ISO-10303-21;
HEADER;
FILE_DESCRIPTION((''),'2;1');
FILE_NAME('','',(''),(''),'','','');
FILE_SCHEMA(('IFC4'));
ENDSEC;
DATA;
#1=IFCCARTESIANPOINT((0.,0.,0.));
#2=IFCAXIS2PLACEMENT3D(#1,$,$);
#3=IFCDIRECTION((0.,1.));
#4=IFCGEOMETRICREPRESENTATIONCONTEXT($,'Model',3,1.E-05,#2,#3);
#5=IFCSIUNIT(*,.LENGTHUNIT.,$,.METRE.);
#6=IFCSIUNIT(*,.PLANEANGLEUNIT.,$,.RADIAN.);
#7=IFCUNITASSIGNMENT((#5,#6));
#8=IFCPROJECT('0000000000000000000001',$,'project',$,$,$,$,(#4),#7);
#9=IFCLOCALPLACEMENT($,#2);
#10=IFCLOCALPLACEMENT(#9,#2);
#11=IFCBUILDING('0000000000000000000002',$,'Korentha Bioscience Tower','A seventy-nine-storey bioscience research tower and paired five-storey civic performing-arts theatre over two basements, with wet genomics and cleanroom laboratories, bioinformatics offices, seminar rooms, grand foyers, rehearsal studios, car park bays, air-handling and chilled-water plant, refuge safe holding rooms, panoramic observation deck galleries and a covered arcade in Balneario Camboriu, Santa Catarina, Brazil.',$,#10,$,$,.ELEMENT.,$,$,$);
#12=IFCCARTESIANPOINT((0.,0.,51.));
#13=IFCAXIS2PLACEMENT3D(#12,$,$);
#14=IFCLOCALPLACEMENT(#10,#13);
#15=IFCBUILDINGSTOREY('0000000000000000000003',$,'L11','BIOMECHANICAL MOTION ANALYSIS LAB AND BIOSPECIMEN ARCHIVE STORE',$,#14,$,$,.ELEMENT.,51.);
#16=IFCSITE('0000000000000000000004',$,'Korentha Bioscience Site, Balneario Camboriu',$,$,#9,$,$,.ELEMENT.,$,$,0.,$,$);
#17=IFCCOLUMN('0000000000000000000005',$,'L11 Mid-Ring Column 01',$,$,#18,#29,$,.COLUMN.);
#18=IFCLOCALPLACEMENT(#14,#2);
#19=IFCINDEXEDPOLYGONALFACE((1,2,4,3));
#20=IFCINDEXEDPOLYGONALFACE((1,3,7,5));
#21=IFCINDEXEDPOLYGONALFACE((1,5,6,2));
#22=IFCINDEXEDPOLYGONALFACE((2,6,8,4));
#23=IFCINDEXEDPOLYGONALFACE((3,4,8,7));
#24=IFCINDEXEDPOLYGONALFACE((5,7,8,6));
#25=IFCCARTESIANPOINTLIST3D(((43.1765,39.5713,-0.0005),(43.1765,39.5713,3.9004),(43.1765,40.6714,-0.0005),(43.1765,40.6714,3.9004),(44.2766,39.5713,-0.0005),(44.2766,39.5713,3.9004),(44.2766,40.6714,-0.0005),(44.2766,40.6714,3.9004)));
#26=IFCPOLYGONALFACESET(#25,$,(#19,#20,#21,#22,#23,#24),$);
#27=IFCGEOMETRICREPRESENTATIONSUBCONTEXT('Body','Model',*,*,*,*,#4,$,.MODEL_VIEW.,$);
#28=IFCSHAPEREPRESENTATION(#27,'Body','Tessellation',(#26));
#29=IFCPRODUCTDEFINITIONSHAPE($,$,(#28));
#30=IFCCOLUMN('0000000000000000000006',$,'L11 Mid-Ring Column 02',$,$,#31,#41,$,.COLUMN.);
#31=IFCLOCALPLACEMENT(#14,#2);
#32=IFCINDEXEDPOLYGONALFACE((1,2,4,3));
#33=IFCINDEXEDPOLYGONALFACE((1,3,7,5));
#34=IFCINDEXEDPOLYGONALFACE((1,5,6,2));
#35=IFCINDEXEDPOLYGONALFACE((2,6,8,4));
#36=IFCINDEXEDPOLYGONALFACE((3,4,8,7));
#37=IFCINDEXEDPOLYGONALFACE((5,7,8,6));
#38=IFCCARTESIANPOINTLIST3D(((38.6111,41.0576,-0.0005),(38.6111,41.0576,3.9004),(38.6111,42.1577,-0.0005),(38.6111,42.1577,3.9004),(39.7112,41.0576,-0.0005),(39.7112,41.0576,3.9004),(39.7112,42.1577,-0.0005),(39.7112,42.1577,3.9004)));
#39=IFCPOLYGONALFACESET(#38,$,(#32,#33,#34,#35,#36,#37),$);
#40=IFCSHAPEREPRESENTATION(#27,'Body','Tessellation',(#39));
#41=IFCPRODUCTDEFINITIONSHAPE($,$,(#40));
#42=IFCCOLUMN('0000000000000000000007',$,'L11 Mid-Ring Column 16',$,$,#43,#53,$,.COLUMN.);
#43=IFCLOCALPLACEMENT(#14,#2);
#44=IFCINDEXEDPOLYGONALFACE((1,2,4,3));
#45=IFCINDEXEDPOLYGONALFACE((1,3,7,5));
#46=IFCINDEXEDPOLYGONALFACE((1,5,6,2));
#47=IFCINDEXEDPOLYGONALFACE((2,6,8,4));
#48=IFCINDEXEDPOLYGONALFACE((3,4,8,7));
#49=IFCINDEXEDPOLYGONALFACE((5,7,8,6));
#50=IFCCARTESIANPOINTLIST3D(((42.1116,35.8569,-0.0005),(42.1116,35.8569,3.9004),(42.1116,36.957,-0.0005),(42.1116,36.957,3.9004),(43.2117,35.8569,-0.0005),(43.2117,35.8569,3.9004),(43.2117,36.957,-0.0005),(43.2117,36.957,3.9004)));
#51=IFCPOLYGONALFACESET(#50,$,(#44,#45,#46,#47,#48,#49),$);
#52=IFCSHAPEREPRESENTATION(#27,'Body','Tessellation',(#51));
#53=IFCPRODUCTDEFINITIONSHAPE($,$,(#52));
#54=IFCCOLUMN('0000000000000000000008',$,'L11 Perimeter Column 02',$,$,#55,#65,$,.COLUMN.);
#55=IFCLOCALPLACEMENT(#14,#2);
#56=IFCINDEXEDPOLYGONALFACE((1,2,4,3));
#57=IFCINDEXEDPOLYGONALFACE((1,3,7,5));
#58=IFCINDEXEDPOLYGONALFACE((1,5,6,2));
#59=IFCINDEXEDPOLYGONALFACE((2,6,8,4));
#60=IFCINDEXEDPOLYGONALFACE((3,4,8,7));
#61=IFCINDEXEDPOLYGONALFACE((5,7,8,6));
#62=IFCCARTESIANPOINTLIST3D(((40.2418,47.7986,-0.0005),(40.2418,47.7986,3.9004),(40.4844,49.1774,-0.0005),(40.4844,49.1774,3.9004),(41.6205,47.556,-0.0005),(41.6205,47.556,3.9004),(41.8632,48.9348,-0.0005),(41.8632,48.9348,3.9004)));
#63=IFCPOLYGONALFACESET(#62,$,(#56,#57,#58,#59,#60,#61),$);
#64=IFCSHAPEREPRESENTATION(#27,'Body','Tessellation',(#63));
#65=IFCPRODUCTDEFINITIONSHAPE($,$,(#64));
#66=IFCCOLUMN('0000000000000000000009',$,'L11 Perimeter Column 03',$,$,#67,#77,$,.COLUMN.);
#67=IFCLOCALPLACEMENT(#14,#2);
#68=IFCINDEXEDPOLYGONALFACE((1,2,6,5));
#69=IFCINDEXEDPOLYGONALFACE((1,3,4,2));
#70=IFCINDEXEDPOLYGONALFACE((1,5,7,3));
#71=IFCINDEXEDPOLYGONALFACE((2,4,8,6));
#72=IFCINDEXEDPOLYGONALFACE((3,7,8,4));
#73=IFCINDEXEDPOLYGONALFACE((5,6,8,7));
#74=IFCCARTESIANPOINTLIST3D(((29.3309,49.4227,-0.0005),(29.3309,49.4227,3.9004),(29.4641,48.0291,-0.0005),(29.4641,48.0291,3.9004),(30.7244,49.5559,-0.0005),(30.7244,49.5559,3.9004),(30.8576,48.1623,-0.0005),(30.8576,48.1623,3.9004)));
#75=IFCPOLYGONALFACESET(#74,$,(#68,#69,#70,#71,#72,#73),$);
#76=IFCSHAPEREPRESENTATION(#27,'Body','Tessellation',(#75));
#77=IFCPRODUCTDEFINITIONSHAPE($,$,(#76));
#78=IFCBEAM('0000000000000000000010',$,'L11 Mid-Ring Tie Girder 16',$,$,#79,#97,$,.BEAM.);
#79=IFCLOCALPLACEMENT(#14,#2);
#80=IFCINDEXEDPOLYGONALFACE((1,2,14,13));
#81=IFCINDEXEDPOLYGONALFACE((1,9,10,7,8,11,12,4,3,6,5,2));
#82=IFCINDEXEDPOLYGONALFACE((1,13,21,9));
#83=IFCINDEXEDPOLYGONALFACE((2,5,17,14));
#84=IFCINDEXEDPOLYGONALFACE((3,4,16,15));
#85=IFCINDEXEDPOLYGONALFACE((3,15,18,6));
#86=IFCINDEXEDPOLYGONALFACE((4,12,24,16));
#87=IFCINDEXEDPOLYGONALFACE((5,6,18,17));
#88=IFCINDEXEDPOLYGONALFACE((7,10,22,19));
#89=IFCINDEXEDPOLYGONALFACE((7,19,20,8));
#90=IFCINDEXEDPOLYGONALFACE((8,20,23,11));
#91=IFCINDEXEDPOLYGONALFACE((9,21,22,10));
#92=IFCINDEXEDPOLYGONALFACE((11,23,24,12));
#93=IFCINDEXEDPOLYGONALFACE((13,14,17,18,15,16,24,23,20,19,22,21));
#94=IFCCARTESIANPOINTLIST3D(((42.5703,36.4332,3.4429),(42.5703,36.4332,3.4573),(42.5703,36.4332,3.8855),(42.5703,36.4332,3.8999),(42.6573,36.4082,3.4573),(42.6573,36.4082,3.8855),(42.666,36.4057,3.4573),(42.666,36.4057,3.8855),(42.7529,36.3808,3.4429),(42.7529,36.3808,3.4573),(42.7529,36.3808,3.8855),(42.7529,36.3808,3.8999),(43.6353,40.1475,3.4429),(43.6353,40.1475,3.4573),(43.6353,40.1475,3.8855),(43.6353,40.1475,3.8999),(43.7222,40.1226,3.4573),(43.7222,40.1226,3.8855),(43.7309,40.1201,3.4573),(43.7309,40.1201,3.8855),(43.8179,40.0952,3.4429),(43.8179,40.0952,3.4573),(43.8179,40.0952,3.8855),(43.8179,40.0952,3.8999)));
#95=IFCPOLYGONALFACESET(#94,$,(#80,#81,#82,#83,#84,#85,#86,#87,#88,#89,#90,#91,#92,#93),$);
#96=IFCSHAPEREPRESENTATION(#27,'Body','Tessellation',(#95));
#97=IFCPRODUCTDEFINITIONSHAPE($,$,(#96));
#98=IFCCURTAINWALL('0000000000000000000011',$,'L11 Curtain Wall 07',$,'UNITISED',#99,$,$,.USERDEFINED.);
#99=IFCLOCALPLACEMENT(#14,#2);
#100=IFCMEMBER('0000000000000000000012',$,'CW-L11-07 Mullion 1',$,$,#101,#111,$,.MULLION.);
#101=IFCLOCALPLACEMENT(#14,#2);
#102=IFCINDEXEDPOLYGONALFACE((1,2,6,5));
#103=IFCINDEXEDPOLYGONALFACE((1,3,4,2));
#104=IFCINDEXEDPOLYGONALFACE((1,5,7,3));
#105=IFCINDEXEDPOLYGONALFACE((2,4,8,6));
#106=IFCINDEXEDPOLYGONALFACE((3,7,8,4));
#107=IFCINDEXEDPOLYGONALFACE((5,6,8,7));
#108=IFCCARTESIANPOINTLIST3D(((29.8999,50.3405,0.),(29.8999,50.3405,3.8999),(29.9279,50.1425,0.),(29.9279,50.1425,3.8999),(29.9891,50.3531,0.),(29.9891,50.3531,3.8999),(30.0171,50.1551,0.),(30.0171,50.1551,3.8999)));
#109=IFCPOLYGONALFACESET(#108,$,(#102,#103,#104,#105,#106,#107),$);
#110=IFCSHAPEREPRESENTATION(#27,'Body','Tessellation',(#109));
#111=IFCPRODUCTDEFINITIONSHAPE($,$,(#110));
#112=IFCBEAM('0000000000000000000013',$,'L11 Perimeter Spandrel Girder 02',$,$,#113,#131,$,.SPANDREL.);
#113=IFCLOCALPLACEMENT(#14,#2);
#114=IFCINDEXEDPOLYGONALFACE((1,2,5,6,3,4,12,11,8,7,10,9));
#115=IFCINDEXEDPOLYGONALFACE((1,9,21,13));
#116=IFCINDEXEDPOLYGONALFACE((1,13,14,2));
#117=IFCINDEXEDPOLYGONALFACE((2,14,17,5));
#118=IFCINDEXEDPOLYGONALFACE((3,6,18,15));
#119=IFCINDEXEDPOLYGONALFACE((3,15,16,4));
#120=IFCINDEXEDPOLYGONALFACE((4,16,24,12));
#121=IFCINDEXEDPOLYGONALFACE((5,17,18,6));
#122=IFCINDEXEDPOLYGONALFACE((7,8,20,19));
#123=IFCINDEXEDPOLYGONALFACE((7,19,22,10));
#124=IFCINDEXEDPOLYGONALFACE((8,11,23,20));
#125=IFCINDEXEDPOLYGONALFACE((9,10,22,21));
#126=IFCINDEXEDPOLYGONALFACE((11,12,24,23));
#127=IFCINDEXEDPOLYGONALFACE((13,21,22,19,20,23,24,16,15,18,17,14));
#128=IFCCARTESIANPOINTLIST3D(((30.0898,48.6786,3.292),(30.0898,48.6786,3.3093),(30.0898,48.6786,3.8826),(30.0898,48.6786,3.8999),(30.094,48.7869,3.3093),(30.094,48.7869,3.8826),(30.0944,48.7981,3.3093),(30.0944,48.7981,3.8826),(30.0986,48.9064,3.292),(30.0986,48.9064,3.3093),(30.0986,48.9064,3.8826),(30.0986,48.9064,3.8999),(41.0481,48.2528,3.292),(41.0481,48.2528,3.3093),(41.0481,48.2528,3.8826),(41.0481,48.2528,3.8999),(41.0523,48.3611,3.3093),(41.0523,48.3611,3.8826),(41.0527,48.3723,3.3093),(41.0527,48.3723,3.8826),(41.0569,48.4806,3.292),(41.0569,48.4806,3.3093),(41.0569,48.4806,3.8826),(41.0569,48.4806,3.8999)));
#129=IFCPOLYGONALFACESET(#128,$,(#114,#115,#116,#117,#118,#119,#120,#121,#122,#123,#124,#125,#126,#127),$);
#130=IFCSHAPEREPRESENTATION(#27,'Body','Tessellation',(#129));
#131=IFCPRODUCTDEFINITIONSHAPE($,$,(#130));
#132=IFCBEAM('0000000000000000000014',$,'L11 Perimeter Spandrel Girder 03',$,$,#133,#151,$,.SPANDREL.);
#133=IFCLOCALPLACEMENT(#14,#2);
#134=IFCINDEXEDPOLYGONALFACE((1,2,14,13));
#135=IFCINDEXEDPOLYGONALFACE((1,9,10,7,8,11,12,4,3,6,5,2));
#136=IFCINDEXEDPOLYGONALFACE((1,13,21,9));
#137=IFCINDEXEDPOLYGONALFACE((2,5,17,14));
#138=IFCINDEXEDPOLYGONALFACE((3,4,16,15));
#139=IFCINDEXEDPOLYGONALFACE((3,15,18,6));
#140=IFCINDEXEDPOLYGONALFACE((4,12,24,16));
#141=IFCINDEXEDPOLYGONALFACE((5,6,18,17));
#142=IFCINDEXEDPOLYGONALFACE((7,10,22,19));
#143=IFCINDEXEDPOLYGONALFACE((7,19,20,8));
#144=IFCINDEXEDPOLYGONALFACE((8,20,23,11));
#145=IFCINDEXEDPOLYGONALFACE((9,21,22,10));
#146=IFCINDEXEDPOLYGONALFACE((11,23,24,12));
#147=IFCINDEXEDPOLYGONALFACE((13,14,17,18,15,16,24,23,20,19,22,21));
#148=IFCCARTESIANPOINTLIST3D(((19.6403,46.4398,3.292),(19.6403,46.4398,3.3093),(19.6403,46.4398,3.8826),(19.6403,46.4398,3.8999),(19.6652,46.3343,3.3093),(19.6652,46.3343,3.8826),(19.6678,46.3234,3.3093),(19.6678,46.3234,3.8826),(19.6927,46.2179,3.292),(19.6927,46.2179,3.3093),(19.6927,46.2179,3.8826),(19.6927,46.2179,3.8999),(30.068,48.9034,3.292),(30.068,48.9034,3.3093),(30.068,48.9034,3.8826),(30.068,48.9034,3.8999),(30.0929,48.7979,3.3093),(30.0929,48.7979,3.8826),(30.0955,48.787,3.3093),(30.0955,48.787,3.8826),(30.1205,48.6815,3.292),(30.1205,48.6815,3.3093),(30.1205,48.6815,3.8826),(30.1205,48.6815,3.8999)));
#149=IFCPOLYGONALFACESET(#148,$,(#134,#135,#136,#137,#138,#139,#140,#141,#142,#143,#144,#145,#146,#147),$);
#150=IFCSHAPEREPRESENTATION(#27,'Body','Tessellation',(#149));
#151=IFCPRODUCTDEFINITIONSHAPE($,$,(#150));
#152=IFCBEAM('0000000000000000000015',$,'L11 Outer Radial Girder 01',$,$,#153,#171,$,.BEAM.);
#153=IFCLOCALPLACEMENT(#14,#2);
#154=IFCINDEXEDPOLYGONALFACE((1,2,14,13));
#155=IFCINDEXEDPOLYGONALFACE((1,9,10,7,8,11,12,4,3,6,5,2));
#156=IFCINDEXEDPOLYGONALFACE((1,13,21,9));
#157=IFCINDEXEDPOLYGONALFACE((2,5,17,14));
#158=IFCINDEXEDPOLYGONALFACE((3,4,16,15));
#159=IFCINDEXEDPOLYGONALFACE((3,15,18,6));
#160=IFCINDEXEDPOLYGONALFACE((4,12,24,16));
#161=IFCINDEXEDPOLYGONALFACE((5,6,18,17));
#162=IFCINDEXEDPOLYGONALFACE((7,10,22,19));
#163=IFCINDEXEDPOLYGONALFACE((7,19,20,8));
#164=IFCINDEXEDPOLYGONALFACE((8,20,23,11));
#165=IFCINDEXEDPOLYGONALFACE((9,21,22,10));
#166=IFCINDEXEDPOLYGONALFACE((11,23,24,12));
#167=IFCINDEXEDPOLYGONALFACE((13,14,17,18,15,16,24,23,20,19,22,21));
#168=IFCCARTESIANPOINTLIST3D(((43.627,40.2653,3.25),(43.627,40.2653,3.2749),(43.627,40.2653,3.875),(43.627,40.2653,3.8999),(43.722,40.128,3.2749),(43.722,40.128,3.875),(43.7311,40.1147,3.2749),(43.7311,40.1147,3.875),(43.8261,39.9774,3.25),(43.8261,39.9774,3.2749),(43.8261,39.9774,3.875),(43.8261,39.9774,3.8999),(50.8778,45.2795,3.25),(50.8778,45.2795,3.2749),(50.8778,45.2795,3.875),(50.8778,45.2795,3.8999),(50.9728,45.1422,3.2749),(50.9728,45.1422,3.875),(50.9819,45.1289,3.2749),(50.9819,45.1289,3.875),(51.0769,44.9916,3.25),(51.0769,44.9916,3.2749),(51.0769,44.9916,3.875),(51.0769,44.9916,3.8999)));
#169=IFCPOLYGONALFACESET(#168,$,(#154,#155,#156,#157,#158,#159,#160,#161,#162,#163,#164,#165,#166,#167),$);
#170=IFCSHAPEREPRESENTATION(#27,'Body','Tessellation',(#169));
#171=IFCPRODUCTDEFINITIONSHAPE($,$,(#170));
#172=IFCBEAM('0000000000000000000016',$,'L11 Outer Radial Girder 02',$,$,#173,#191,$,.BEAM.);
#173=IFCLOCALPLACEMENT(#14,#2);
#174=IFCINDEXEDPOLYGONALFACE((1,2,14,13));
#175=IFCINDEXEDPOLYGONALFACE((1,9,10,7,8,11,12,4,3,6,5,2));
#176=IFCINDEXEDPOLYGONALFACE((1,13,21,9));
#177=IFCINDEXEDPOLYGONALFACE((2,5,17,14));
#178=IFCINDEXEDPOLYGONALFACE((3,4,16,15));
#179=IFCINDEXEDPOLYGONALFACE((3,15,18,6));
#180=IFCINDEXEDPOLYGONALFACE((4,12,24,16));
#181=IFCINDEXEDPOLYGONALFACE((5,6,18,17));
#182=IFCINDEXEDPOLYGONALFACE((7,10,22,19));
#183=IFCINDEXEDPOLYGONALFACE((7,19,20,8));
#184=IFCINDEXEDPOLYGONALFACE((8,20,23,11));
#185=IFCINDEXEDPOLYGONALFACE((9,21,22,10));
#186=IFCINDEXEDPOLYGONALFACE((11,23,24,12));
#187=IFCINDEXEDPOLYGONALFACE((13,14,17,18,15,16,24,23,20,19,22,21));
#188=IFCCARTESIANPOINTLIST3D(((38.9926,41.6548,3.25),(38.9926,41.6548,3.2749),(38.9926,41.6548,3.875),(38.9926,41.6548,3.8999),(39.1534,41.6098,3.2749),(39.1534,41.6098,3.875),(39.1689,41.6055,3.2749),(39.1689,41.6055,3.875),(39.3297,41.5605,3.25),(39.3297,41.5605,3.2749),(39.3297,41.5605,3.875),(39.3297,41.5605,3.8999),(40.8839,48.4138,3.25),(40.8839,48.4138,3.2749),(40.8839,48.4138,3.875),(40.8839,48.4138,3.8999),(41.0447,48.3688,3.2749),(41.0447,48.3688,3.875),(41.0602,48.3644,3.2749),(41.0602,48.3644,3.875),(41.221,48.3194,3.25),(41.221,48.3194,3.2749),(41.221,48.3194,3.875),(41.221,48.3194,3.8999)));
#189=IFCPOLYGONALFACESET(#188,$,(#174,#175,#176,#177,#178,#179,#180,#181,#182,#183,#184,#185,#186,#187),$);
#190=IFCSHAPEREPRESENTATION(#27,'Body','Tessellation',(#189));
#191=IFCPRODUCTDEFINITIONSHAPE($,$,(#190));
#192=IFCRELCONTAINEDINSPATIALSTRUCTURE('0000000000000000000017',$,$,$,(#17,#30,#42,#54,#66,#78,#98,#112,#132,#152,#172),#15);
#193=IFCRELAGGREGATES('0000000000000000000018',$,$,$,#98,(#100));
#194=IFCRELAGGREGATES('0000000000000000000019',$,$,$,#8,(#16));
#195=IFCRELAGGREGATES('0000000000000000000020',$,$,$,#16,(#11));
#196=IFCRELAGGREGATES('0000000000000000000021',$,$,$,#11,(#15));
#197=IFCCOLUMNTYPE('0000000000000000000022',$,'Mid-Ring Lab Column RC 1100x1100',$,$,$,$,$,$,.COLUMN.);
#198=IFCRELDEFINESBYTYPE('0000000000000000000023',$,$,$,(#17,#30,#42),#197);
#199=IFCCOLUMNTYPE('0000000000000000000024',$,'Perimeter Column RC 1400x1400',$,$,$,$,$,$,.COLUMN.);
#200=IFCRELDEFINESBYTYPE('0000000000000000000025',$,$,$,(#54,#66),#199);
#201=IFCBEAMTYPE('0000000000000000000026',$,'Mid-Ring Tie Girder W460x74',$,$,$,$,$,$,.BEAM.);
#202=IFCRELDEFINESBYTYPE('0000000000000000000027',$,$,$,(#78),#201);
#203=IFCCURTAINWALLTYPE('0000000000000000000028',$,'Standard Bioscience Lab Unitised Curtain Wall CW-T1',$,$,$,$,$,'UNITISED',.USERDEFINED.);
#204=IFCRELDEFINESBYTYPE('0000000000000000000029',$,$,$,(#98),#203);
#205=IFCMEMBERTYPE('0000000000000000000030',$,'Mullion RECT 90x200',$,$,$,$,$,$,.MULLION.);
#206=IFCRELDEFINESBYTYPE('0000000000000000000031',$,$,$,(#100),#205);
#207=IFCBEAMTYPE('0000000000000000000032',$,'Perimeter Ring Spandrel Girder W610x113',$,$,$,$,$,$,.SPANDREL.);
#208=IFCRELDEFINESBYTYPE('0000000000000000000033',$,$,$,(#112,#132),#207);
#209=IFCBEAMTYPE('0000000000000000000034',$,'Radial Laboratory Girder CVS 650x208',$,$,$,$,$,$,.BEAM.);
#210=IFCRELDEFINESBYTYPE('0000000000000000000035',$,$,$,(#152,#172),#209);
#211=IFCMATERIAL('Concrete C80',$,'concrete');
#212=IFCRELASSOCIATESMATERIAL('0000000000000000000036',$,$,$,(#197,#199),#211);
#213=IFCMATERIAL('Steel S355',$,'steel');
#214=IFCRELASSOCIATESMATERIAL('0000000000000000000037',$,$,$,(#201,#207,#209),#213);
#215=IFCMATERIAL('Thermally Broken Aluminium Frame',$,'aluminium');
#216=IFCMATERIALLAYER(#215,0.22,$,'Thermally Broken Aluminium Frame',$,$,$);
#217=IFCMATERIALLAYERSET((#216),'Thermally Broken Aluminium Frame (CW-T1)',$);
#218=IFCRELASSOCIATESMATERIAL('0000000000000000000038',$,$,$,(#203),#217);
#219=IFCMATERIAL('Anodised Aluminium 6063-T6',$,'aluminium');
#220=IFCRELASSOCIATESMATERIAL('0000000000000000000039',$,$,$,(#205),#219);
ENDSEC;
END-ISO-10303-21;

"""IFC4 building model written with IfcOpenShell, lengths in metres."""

from ifc_helpers import new_model, si_unit, direction, frame, origin, origin_2d, place, context, subcontext, project, spatial, rectangle, i_section, extrude, material, layer, layer_set, material_profile, profile_set, type_object, element, aggregate, save


model = new_model("IFC4")

# Units and contexts
model_context = context("Model", 3, precision=1e-05, world=origin(), true_north=direction((0.0, 1.0)))
body_context = subcontext(model_context, "Body", "Model", "MODEL_VIEW")
ifc_project = project(units=[si_unit("LENGTHUNIT", "METRE"), si_unit("PLANEANGLEUNIT", "RADIAN")], contexts=[model_context])

# Site, building, storey
site_placement = place(None, origin())
site = spatial("IfcSite", under=ifc_project, at=site_placement, Name="Korentha Bioscience Site, Balneario Camboriu", CompositionType="ELEMENT", RefElevation=0.0)
building_placement = place(site_placement, origin())
building = spatial("IfcBuilding", under=site, at=building_placement, Name="Korentha Bioscience Tower", Description="A seventy-nine-storey bioscience research tower and paired five-storey civic performing-arts theatre over two basements, with wet genomics and cleanroom laboratories, bioinformatics offices, seminar rooms, grand foyers, rehearsal studios, car park bays, air-handling and chilled-water plant, refuge safe holding rooms, panoramic observation deck galleries and a covered arcade in Balneario Camboriu, Santa Catarina, Brazil.", CompositionType="ELEMENT")
storey_placement = place(building_placement, frame((0.0, 0.0, 51.0)))
storey = spatial("IfcBuildingStorey", under=building, at=storey_placement, Name="L11", Description="BIOMECHANICAL MOTION ANALYSIS LAB AND BIOSPECIMEN ARCHIVE STORE", CompositionType="ELEMENT", Elevation=51.0)

# Columns
ifc_material_1 = material(Name="Concrete C80", Category="concrete")
ifc_material_profile_1 = material_profile(ifc_material_1, rectangle(XDim=1.1001, YDim=1.1001, at=origin_2d()), Name="Concrete C80")
ifc_profile_set_1 = profile_set([ifc_material_profile_1], Name="Concrete C80 (COL-MR11)")
column_type_1 = type_object("IfcColumnType", Name="Mid-Ring Lab Column RC 1100x1100", PredefinedType="COLUMN", material=ifc_profile_set_1)
for number, where, z_axis, x_axis, name in (
    (1, (43.7266, 40.1213, -0.0005), (0.0, 0.0, 1.0), (1.0, 0.0, 0.0), "L11 Mid-Ring Column 01"),
    (2, (39.1611, 41.6077, -0.0005), (0.0, 0.0, 1.0), (1.0, 0.0, 0.0), "L11 Mid-Ring Column 02"),
    (3, (42.6616, 36.407, -0.0005), (0.0, 0.0, 1.0), (1.0, 0.0, 0.0), "L11 Mid-Ring Column 16"),
):
    element("IfcColumn", number, at=place(storey_placement, frame(where, z_axis=z_axis, x_axis=x_axis)), inside=storey, type_object=column_type_1, Name=name, PredefinedType="COLUMN", context=body_context, shape_type="SweptSolid", body=[
        extrude(rectangle(XDim=1.1001, YDim=1.1001, at=origin_2d()), origin(), (0.0, 0.0, 1.0), 3.9009),
    ])
ifc_material_profile_2 = material_profile(ifc_material_1, rectangle(XDim=1.3999, YDim=1.3999, at=origin_2d()), Name="Concrete C80")
ifc_profile_set_2 = profile_set([ifc_material_profile_2], Name="Concrete C80 (COL-P14)")
column_type_2 = type_object("IfcColumnType", Name="Perimeter Column RC 1400x1400", PredefinedType="COLUMN", material=ifc_profile_set_2)
for number, where, z_axis, x_axis, name in (
    (4, (41.0525, 48.3667, -0.0005), (0.0, 0.0, 1.0), (-0.984868, 0.173304, 0.0), "L11 Perimeter Column 02"),
    (5, (30.0942, 48.7925, -0.0005), (0.0, 0.0, 1.0), (0.995463, 0.095151, 0.0), "L11 Perimeter Column 03"),
):
    element("IfcColumn", number, at=place(storey_placement, frame(where, z_axis=z_axis, x_axis=x_axis)), inside=storey, type_object=column_type_2, Name=name, PredefinedType="COLUMN", context=body_context, shape_type="SweptSolid", body=[
        extrude(rectangle(XDim=1.3999, YDim=1.3999, at=origin_2d()), origin(), (0.0, 0.0, 1.0), 3.9009),
    ])

# Beam
ifc_material_2 = material(Name="Steel S355", Category="steel")
ifc_material_profile_3 = material_profile(ifc_material_2, i_section(OverallWidth=0.1899, OverallDepth=0.457, WebThickness=0.009, FlangeThickness=0.0144, at=origin_2d()), Name="Steel S355")
ifc_profile_set_3 = profile_set([ifc_material_profile_3], Name="Steel S355 (MB-460)")
beam_type_1 = type_object("IfcBeamType", Name="Mid-Ring Tie Girder W460x74", PredefinedType="BEAM", material=ifc_profile_set_3)
beam_1_placement = place(storey_placement, frame((42.6616, 36.407, 3.6714), z_axis=(0.275606, 0.961271, 0.0), x_axis=(-0.961271, 0.275606, 0.0)))
element("IfcBeam", 6, at=beam_1_placement, inside=storey, type_object=beam_type_1, Name="L11 Mid-Ring Tie Girder 16", PredefinedType="BEAM", context=body_context, shape_type="SweptSolid", body=[
    extrude(i_section(OverallWidth=0.1899, OverallDepth=0.457, WebThickness=0.009, FlangeThickness=0.0144, at=origin_2d()), origin(), (0.0, 0.0, 1.0), 3.864),
])

# Curtain wall, member
ifc_material_3 = material(Name="Thermally Broken Aluminium Frame", Category="aluminium")
ifc_layer_1 = layer(ifc_material_3, 0.22, Name="Thermally Broken Aluminium Frame")
ifc_layer_set_1 = layer_set([ifc_layer_1], Name="Thermally Broken Aluminium Frame (CW-T1)")
curtain_wall_type = type_object("IfcCurtainWallType", Name="Standard Bioscience Lab Unitised Curtain Wall CW-T1", ElementType="UNITISED", PredefinedType="USERDEFINED", material=ifc_layer_set_1)
curtain_wall_placement = place(storey_placement, origin())
curtain_wall = element("IfcCurtainWall", 7, at=curtain_wall_placement, inside=storey, type_object=curtain_wall_type, Name="L11 Curtain Wall 07", ObjectType="UNITISED", PredefinedType="USERDEFINED")
ifc_material_4 = material(Name="Anodised Aluminium 6063-T6", Category="aluminium")
ifc_material_profile_4 = material_profile(ifc_material_4, rectangle(XDim=0.0901, YDim=0.2, at=origin_2d()), Name="Anodised Aluminium 6063-T6")
ifc_profile_set_4 = profile_set([ifc_material_profile_4], Name="Anodised Aluminium 6063-T6 (CW-MUL)")
member_type_1 = type_object("IfcMemberType", Name="Mullion RECT 90x200", PredefinedType="MULLION", material=ifc_profile_set_4)
member_1_placement = place(storey_placement, frame((29.9585, 50.2478, 0.0), z_axis=(0.0, 0.0, 1.0), x_axis=(-0.990167, -0.139888, 0.0)))
member_1 = element("IfcMember", 8, at=member_1_placement, type_object=member_type_1, Name="CW-L11-07 Mullion 1", PredefinedType="MULLION", context=body_context, shape_type="SweptSolid", body=[
    extrude(rectangle(XDim=0.0901, YDim=0.2, at=origin_2d()), origin(), (0.0, 0.0, 1.0), 3.8999),
])

# Beams
ifc_material_profile_5 = material_profile(ifc_material_2, i_section(OverallWidth=0.228, OverallDepth=0.6079, WebThickness=0.0112, FlangeThickness=0.0173, at=origin_2d()), Name="Steel S355")
ifc_profile_set_5 = profile_set([ifc_material_profile_5], Name="Steel S355 (SB-610)")
beam_type_2 = type_object("IfcBeamType", Name="Perimeter Ring Spandrel Girder W610x113", PredefinedType="SPANDREL", material=ifc_profile_set_5)
beam_2_placement = place(storey_placement, frame((41.0525, 48.3667, 3.5959), z_axis=(-0.999246, 0.038826, 0.0), x_axis=(-0.038826, -0.999246, 0.0)))
element("IfcBeam", 9, at=beam_2_placement, inside=storey, type_object=beam_type_2, Name="L11 Perimeter Spandrel Girder 02", PredefinedType="SPANDREL", context=body_context, shape_type="SweptSolid", body=[
    extrude(i_section(OverallWidth=0.228, OverallDepth=0.6079, WebThickness=0.0112, FlangeThickness=0.0173, at=origin_2d()), origin(), (0.0, 0.0, 1.0), 10.9666),
])
beam_3_placement = place(storey_placement, frame((30.0942, 48.7925, 3.5959), z_axis=(-0.973208, -0.229927, 0.0), x_axis=(0.229927, -0.973208, 0.0)))
element("IfcBeam", 10, at=beam_3_placement, inside=storey, type_object=beam_type_2, Name="L11 Perimeter Spandrel Girder 03", PredefinedType="SPANDREL", context=body_context, shape_type="SweptSolid", body=[
    extrude(i_section(OverallWidth=0.228, OverallDepth=0.6079, WebThickness=0.0112, FlangeThickness=0.0173, at=origin_2d()), origin(), (0.0, 0.0, 1.0), 10.7148),
])
ifc_material_profile_6 = material_profile(ifc_material_2, i_section(OverallWidth=0.3501, OverallDepth=0.6499, WebThickness=0.0161, FlangeThickness=0.0249, at=origin_2d()), Name="Steel S355")
ifc_profile_set_6 = profile_set([ifc_material_profile_6], Name="Steel S355 (RB-650)")
beam_type_3 = type_object("IfcBeamType", Name="Radial Laboratory Girder CVS 650x208", PredefinedType="BEAM", material=ifc_profile_set_6)
beam_4_placement = place(storey_placement, frame((43.7266, 40.1213, 3.575), z_axis=(0.822488, 0.568782, 0.0), x_axis=(-0.568782, 0.822488, 0.0)))
element("IfcBeam", 11, at=beam_4_placement, inside=storey, type_object=beam_type_3, Name="L11 Outer Radial Girder 01", PredefinedType="BEAM", context=body_context, shape_type="SweptSolid", body=[
    extrude(i_section(OverallWidth=0.3501, OverallDepth=0.6499, WebThickness=0.0161, FlangeThickness=0.0249, at=origin_2d()), origin(), (0.0, 0.0, 1.0), 8.8157),
])
beam_5_placement = place(storey_placement, frame((39.1611, 41.6077, 3.575), z_axis=(0.269475, 0.963007, 0.0), x_axis=(-0.963007, 0.269475, 0.0)))
element("IfcBeam", 12, at=beam_5_placement, inside=storey, type_object=beam_type_3, Name="L11 Outer Radial Girder 02", PredefinedType="BEAM", context=body_context, shape_type="SweptSolid", body=[
    extrude(i_section(OverallWidth=0.3501, OverallDepth=0.6499, WebThickness=0.0161, FlangeThickness=0.0249, at=origin_2d()), origin(), (0.0, 0.0, 1.0), 7.0186),
])

aggregate(curtain_wall, [member_1])

save(model, "model.ifc")
